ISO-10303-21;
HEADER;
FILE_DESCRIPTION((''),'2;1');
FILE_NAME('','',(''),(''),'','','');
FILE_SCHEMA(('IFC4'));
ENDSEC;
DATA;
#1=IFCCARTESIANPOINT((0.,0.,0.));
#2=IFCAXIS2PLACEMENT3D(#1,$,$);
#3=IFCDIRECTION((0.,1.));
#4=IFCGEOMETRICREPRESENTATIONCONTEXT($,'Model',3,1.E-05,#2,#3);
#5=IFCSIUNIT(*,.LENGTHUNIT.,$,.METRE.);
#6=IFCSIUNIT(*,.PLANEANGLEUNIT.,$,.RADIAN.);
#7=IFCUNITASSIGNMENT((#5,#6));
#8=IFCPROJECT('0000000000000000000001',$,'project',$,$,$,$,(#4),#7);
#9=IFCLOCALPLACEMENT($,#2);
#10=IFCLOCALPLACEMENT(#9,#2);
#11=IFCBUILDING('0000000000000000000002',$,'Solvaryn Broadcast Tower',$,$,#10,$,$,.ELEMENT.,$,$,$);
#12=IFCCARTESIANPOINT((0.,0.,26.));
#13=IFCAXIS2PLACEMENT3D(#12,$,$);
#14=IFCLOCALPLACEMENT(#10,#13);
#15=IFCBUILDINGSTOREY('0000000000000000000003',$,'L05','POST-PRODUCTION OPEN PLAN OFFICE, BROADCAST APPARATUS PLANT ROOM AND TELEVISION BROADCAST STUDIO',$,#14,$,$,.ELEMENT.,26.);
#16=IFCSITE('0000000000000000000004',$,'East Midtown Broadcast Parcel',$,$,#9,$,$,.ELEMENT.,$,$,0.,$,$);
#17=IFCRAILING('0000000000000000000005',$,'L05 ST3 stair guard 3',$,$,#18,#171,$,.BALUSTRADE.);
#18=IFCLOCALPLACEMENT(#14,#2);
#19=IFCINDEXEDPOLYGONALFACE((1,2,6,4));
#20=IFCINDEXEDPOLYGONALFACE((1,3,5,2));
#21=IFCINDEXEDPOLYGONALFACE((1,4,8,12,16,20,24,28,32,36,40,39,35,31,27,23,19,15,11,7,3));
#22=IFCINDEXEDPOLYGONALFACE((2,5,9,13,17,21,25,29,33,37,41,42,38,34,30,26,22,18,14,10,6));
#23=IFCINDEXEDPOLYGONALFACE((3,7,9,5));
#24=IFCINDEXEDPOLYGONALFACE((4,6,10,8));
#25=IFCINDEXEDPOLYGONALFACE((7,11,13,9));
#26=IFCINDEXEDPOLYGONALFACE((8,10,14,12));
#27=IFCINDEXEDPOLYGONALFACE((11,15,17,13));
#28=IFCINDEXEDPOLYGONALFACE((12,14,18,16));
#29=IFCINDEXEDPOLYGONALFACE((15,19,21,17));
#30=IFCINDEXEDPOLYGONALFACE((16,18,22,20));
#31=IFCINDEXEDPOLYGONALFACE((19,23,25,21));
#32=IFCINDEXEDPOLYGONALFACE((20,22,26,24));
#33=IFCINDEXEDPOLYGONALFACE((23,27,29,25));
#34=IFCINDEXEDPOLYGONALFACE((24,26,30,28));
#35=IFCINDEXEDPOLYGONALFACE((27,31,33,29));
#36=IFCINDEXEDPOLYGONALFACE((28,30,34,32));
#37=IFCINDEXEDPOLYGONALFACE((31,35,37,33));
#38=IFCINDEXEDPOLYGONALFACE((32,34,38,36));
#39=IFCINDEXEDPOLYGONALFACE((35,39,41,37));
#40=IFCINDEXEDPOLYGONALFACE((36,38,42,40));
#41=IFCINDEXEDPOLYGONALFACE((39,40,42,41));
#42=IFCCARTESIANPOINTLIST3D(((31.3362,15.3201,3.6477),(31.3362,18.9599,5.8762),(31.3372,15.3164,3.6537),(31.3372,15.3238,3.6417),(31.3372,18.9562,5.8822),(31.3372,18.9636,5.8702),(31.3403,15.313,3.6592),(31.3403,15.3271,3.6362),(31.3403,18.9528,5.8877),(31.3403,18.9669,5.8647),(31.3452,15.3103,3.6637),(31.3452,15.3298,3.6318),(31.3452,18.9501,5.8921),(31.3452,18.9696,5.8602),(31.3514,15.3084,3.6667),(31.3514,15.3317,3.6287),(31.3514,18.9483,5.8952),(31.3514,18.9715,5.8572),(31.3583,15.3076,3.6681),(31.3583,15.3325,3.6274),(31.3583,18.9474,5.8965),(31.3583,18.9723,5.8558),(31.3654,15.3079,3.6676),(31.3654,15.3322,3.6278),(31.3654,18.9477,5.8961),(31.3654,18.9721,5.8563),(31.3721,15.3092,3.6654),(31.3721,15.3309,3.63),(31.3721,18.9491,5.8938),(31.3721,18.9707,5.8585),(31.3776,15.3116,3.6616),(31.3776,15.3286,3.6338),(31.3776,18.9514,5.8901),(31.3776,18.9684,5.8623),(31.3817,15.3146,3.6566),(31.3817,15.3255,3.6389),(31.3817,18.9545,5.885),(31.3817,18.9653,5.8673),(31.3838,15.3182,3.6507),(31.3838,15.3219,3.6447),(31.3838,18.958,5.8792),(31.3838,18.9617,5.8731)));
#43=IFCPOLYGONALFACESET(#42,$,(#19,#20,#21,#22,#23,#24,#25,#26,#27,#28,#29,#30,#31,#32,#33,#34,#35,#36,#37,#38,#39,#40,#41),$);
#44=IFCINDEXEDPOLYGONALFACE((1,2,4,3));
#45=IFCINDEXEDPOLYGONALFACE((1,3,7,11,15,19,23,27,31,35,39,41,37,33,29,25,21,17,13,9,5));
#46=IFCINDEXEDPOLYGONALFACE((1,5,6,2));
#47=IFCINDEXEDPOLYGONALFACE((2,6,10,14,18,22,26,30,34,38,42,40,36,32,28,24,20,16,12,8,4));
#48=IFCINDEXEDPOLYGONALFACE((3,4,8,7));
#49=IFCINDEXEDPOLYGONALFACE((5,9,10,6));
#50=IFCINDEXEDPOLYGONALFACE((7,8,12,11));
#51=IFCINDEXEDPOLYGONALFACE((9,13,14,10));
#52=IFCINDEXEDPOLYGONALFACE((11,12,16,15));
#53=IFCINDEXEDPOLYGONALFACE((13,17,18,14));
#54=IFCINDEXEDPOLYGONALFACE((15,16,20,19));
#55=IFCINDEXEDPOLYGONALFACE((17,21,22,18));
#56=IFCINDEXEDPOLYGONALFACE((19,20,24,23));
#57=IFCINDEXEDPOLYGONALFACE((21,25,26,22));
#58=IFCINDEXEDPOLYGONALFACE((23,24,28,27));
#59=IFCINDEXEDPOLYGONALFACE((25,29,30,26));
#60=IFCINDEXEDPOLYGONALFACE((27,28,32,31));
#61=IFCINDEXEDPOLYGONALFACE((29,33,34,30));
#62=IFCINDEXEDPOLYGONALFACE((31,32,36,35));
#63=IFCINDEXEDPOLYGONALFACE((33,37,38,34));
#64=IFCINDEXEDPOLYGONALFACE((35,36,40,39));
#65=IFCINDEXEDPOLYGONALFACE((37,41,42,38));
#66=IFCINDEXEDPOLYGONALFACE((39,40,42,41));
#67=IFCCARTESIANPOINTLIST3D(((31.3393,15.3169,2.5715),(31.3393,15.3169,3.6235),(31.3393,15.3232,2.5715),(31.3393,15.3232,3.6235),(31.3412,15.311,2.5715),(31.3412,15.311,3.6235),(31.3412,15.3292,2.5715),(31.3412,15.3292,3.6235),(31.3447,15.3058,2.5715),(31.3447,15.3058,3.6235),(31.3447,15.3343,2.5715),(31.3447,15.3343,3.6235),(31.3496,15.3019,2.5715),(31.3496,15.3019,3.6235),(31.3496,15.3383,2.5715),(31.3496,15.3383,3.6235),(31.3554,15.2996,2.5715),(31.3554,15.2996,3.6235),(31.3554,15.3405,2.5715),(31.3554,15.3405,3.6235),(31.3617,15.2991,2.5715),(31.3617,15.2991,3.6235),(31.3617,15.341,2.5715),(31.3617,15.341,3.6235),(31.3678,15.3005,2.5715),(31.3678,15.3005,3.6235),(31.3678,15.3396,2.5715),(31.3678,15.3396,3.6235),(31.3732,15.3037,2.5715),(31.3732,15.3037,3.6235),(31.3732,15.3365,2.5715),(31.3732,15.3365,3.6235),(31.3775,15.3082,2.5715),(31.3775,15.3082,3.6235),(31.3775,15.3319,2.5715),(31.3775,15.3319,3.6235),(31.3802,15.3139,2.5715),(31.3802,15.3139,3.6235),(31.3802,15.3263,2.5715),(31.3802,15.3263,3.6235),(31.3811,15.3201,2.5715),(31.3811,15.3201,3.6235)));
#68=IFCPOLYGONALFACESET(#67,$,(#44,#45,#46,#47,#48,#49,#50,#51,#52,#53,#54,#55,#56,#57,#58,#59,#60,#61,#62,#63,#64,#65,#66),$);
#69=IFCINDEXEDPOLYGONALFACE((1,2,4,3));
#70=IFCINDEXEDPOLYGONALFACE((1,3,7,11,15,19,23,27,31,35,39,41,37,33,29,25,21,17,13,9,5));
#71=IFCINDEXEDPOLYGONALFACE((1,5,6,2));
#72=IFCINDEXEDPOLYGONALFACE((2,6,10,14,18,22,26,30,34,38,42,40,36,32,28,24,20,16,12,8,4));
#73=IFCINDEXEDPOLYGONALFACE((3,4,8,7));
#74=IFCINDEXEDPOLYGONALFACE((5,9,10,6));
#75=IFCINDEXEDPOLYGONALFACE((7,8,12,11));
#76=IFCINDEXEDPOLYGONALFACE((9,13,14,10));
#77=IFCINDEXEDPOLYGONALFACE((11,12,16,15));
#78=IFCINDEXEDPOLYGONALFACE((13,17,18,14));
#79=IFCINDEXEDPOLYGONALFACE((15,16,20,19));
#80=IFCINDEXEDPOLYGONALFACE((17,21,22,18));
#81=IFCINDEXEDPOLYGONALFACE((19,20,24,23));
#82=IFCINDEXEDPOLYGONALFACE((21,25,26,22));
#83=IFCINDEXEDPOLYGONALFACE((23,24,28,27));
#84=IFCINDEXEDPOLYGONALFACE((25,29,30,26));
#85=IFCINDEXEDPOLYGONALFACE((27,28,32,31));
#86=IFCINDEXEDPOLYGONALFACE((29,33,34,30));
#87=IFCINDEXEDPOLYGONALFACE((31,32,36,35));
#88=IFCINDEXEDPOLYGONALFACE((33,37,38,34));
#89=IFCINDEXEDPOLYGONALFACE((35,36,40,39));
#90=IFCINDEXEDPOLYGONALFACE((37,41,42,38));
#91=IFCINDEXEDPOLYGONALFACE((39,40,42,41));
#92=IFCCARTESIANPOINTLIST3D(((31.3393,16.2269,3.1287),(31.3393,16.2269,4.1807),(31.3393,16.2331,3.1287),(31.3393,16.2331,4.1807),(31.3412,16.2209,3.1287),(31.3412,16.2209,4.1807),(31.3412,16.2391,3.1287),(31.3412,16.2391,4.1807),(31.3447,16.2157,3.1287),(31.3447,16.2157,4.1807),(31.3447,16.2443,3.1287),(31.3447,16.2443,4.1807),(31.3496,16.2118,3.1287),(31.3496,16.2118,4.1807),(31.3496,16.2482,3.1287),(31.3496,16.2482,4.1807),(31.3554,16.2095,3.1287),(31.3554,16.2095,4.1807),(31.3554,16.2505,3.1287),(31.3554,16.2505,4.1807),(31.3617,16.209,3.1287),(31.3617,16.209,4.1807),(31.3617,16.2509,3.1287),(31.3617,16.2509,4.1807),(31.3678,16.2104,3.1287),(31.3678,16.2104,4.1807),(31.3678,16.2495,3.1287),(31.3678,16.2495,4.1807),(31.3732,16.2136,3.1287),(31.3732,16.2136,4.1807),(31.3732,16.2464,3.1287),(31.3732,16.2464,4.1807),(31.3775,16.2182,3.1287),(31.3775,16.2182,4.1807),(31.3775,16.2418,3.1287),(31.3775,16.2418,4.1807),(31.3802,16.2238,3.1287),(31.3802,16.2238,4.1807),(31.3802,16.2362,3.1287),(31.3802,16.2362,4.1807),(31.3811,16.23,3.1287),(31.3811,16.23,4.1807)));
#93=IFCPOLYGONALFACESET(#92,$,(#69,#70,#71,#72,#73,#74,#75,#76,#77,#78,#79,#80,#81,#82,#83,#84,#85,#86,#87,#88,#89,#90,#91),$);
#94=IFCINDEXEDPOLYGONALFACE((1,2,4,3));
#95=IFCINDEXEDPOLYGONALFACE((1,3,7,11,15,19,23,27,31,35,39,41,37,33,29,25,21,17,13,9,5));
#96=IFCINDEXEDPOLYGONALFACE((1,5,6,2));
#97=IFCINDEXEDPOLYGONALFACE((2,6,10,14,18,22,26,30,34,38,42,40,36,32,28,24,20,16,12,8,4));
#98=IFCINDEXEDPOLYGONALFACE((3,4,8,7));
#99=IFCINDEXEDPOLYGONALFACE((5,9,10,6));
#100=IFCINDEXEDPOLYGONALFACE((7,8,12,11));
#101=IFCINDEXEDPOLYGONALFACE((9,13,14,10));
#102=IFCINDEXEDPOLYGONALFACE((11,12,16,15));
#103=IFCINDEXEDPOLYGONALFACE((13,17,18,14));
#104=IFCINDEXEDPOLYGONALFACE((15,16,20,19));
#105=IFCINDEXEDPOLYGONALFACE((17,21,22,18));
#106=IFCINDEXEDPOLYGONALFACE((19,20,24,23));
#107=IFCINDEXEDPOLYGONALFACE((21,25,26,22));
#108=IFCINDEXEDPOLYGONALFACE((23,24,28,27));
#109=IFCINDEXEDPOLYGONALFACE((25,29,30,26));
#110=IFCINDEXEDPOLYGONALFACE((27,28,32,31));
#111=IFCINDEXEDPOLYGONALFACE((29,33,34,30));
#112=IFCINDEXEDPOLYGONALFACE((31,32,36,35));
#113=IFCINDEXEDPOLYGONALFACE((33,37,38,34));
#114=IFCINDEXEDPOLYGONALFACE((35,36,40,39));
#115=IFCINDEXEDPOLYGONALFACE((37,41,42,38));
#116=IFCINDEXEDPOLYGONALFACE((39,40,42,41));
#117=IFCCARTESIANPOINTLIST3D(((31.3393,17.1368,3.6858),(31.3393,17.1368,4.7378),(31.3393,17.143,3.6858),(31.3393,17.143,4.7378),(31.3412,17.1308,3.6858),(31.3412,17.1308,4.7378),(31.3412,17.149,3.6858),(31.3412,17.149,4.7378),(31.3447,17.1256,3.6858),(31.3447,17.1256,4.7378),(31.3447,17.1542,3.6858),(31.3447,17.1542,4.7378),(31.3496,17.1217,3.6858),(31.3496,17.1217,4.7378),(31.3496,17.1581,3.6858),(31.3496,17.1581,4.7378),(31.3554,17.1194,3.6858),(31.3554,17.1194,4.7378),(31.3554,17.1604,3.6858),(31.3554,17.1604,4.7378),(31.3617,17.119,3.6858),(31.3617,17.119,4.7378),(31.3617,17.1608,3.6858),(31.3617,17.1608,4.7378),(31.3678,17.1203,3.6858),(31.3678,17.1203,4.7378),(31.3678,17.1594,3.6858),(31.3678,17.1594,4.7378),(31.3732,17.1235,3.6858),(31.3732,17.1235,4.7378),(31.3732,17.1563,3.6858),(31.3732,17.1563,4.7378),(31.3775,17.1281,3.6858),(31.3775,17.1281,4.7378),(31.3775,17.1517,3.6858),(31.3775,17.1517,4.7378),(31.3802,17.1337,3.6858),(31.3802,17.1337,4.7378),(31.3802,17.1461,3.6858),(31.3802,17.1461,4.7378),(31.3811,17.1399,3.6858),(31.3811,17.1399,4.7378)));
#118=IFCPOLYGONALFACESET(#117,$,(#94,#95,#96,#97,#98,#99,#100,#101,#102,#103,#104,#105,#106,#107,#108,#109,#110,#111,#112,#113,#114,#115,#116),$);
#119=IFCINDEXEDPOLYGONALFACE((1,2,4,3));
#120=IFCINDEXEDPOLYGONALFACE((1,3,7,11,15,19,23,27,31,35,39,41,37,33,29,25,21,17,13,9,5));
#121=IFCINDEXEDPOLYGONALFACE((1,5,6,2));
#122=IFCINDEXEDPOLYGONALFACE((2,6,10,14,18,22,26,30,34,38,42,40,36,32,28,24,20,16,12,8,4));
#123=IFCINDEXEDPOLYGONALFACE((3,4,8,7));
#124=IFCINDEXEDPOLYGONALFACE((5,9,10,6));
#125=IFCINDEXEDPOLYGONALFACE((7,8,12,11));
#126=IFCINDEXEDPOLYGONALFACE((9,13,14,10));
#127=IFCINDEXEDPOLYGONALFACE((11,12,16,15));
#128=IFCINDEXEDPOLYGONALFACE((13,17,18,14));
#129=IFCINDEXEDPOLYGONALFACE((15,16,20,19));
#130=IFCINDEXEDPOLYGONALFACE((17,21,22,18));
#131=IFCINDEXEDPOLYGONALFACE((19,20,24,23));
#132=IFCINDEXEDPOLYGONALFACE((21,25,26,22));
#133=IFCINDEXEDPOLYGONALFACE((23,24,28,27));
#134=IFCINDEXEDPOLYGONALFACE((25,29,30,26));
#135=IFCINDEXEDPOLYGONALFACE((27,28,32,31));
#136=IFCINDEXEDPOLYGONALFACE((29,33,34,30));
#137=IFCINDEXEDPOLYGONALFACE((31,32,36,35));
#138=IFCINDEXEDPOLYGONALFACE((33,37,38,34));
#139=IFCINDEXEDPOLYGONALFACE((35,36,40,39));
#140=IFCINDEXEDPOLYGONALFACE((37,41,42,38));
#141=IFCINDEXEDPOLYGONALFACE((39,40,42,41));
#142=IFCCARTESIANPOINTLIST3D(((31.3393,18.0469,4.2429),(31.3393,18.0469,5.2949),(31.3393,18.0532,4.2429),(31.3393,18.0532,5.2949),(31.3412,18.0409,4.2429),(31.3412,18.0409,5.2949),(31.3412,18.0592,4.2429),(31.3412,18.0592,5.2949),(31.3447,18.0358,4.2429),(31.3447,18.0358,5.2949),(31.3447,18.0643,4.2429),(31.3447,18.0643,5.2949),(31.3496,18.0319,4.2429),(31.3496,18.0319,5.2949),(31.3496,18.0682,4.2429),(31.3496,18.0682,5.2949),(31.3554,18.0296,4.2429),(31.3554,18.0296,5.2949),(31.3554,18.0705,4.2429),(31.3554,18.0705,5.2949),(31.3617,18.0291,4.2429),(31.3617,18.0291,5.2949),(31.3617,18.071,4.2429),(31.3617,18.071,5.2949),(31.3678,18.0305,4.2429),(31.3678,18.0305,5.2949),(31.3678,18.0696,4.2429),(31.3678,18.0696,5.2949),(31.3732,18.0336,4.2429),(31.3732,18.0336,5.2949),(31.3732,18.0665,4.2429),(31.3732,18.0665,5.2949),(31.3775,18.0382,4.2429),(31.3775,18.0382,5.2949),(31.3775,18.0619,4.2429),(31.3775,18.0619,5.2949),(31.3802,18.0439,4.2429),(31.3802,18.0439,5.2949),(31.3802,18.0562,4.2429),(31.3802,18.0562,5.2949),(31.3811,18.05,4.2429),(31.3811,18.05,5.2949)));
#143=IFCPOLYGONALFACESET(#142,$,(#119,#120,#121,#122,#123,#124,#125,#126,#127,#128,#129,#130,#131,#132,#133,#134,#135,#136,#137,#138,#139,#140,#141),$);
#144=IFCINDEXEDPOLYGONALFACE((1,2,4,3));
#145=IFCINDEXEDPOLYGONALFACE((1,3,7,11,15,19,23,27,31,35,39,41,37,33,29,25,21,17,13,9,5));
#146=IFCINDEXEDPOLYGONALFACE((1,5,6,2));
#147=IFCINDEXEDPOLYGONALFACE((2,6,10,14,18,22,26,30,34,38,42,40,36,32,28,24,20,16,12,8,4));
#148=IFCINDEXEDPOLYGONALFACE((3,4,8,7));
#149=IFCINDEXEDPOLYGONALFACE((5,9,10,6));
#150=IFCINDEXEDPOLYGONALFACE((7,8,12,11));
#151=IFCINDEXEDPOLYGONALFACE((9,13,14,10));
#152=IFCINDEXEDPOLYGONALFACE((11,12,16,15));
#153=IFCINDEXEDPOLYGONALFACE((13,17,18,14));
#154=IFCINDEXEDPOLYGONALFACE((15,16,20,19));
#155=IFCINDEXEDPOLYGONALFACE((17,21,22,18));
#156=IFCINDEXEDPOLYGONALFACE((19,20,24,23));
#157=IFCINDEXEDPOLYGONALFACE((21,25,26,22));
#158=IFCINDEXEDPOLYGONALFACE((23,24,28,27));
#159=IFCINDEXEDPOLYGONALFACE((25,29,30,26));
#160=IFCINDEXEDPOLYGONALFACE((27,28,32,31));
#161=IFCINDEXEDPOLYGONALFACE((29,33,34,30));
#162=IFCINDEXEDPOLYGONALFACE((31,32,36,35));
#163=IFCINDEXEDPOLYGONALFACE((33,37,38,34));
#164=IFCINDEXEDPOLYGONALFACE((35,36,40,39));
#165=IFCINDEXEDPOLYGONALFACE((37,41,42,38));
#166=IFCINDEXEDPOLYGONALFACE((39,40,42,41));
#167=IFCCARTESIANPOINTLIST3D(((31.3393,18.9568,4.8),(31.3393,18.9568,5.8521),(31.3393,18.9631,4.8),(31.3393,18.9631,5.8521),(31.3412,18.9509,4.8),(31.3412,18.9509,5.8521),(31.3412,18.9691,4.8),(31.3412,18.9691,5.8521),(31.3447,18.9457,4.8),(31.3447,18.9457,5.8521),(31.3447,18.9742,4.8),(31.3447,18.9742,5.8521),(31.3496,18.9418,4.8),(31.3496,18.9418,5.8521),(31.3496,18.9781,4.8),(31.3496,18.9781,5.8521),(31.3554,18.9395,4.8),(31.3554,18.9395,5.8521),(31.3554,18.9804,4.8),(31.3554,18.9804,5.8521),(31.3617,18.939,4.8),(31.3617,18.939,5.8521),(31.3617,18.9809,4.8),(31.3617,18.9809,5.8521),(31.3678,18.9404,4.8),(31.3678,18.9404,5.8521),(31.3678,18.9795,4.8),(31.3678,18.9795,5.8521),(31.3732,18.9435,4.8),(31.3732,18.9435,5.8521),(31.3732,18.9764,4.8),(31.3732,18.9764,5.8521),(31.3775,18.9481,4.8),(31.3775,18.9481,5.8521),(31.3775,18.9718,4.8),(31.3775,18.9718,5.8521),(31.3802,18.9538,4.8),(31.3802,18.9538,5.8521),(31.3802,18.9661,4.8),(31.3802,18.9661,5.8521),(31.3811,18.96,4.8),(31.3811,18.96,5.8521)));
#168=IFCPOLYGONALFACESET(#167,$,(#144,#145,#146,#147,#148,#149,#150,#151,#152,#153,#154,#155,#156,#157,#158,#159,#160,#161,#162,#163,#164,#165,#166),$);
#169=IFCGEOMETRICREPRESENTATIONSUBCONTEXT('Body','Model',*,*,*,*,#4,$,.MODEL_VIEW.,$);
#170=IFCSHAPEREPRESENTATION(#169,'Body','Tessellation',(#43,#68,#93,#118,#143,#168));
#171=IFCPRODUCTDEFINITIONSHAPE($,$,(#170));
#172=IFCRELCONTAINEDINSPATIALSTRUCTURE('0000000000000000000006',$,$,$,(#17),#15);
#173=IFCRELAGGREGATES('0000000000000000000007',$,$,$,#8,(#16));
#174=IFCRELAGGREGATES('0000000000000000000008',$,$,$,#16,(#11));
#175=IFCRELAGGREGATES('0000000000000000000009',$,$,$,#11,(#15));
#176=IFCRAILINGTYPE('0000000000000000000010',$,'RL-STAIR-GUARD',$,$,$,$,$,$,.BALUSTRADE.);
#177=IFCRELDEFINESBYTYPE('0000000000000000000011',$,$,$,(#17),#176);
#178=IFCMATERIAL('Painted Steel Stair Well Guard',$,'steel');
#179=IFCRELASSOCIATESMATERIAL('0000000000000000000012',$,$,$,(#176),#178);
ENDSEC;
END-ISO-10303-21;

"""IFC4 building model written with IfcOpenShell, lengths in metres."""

from ifc_helpers import new_model, si_unit, direction, frame, origin, origin_2d, place, context, subcontext, project, spatial, circle, extrude, material, type_object, element, save


model = new_model("IFC4")

# Units and contexts
model_context = context("Model", 3, precision=1e-05, world=origin(), true_north=direction((0.0, 1.0)))
body_context = subcontext(model_context, "Body", "Model", "MODEL_VIEW")
ifc_project = project(units=[si_unit("LENGTHUNIT", "METRE"), si_unit("PLANEANGLEUNIT", "RADIAN")], contexts=[model_context])

# Site, building, storey
site_placement = place(None, origin())
site = spatial("IfcSite", under=ifc_project, at=site_placement, Name="East Midtown Broadcast Parcel", CompositionType="ELEMENT", RefElevation=0.0)
building_placement = place(site_placement, origin())
building = spatial("IfcBuilding", under=site, at=building_placement, Name="Solvaryn Broadcast Tower", CompositionType="ELEMENT")
storey_placement = place(building_placement, frame((0.0, 0.0, 26.0)))
storey = spatial("IfcBuildingStorey", under=building, at=storey_placement, Name="L05", Description="POST-PRODUCTION OPEN PLAN OFFICE, BROADCAST APPARATUS PLANT ROOM AND TELEVISION BROADCAST STUDIO", CompositionType="ELEMENT", Elevation=26.0)

# Railing
ifc_material_1 = material(Name="Painted Steel Stair Well Guard", Category="steel")
railing_type_1 = type_object("IfcRailingType", Name="RL-STAIR-GUARD", PredefinedType="BALUSTRADE", material=ifc_material_1)
railing_1_placement = place(storey_placement, frame((31.3601, 15.3201, 2.5715)))
element("IfcRailing", 1, at=railing_1_placement, inside=storey, type_object=railing_type_1, Name="L05 ST3 stair guard 3", PredefinedType="BALUSTRADE", context=body_context, shape_type="SweptSolid", body=[
    extrude(circle(Radius=0.0239, at=origin_2d()), frame((0.0, 0.0, 1.0762), z_axis=(0.0, 0.85285, 0.522156), x_axis=(-1.0, 0.0, 0.0)), (0.0, 0.0, 1.0), 4.2678),
    extrude(circle(Radius=0.021, at=origin_2d()), origin(), (0.0, 0.0, 1.0), 1.052),
    extrude(circle(Radius=0.021, at=origin_2d()), frame((0.0, 0.9099, 0.5571)), (0.0, 0.0, 1.0), 1.052),
    extrude(circle(Radius=0.021, at=origin_2d()), frame((0.0, 1.8198, 1.1143)), (0.0, 0.0, 1.0), 1.052),
    extrude(circle(Radius=0.021, at=origin_2d()), frame((0.0, 2.73, 1.6714)), (0.0, 0.0, 1.0), 1.052),
    extrude(circle(Radius=0.021, at=origin_2d()), frame((0.0, 3.6399, 2.2285)), (0.0, 0.0, 1.0), 1.052),
])

save(model, "model.ifc")
